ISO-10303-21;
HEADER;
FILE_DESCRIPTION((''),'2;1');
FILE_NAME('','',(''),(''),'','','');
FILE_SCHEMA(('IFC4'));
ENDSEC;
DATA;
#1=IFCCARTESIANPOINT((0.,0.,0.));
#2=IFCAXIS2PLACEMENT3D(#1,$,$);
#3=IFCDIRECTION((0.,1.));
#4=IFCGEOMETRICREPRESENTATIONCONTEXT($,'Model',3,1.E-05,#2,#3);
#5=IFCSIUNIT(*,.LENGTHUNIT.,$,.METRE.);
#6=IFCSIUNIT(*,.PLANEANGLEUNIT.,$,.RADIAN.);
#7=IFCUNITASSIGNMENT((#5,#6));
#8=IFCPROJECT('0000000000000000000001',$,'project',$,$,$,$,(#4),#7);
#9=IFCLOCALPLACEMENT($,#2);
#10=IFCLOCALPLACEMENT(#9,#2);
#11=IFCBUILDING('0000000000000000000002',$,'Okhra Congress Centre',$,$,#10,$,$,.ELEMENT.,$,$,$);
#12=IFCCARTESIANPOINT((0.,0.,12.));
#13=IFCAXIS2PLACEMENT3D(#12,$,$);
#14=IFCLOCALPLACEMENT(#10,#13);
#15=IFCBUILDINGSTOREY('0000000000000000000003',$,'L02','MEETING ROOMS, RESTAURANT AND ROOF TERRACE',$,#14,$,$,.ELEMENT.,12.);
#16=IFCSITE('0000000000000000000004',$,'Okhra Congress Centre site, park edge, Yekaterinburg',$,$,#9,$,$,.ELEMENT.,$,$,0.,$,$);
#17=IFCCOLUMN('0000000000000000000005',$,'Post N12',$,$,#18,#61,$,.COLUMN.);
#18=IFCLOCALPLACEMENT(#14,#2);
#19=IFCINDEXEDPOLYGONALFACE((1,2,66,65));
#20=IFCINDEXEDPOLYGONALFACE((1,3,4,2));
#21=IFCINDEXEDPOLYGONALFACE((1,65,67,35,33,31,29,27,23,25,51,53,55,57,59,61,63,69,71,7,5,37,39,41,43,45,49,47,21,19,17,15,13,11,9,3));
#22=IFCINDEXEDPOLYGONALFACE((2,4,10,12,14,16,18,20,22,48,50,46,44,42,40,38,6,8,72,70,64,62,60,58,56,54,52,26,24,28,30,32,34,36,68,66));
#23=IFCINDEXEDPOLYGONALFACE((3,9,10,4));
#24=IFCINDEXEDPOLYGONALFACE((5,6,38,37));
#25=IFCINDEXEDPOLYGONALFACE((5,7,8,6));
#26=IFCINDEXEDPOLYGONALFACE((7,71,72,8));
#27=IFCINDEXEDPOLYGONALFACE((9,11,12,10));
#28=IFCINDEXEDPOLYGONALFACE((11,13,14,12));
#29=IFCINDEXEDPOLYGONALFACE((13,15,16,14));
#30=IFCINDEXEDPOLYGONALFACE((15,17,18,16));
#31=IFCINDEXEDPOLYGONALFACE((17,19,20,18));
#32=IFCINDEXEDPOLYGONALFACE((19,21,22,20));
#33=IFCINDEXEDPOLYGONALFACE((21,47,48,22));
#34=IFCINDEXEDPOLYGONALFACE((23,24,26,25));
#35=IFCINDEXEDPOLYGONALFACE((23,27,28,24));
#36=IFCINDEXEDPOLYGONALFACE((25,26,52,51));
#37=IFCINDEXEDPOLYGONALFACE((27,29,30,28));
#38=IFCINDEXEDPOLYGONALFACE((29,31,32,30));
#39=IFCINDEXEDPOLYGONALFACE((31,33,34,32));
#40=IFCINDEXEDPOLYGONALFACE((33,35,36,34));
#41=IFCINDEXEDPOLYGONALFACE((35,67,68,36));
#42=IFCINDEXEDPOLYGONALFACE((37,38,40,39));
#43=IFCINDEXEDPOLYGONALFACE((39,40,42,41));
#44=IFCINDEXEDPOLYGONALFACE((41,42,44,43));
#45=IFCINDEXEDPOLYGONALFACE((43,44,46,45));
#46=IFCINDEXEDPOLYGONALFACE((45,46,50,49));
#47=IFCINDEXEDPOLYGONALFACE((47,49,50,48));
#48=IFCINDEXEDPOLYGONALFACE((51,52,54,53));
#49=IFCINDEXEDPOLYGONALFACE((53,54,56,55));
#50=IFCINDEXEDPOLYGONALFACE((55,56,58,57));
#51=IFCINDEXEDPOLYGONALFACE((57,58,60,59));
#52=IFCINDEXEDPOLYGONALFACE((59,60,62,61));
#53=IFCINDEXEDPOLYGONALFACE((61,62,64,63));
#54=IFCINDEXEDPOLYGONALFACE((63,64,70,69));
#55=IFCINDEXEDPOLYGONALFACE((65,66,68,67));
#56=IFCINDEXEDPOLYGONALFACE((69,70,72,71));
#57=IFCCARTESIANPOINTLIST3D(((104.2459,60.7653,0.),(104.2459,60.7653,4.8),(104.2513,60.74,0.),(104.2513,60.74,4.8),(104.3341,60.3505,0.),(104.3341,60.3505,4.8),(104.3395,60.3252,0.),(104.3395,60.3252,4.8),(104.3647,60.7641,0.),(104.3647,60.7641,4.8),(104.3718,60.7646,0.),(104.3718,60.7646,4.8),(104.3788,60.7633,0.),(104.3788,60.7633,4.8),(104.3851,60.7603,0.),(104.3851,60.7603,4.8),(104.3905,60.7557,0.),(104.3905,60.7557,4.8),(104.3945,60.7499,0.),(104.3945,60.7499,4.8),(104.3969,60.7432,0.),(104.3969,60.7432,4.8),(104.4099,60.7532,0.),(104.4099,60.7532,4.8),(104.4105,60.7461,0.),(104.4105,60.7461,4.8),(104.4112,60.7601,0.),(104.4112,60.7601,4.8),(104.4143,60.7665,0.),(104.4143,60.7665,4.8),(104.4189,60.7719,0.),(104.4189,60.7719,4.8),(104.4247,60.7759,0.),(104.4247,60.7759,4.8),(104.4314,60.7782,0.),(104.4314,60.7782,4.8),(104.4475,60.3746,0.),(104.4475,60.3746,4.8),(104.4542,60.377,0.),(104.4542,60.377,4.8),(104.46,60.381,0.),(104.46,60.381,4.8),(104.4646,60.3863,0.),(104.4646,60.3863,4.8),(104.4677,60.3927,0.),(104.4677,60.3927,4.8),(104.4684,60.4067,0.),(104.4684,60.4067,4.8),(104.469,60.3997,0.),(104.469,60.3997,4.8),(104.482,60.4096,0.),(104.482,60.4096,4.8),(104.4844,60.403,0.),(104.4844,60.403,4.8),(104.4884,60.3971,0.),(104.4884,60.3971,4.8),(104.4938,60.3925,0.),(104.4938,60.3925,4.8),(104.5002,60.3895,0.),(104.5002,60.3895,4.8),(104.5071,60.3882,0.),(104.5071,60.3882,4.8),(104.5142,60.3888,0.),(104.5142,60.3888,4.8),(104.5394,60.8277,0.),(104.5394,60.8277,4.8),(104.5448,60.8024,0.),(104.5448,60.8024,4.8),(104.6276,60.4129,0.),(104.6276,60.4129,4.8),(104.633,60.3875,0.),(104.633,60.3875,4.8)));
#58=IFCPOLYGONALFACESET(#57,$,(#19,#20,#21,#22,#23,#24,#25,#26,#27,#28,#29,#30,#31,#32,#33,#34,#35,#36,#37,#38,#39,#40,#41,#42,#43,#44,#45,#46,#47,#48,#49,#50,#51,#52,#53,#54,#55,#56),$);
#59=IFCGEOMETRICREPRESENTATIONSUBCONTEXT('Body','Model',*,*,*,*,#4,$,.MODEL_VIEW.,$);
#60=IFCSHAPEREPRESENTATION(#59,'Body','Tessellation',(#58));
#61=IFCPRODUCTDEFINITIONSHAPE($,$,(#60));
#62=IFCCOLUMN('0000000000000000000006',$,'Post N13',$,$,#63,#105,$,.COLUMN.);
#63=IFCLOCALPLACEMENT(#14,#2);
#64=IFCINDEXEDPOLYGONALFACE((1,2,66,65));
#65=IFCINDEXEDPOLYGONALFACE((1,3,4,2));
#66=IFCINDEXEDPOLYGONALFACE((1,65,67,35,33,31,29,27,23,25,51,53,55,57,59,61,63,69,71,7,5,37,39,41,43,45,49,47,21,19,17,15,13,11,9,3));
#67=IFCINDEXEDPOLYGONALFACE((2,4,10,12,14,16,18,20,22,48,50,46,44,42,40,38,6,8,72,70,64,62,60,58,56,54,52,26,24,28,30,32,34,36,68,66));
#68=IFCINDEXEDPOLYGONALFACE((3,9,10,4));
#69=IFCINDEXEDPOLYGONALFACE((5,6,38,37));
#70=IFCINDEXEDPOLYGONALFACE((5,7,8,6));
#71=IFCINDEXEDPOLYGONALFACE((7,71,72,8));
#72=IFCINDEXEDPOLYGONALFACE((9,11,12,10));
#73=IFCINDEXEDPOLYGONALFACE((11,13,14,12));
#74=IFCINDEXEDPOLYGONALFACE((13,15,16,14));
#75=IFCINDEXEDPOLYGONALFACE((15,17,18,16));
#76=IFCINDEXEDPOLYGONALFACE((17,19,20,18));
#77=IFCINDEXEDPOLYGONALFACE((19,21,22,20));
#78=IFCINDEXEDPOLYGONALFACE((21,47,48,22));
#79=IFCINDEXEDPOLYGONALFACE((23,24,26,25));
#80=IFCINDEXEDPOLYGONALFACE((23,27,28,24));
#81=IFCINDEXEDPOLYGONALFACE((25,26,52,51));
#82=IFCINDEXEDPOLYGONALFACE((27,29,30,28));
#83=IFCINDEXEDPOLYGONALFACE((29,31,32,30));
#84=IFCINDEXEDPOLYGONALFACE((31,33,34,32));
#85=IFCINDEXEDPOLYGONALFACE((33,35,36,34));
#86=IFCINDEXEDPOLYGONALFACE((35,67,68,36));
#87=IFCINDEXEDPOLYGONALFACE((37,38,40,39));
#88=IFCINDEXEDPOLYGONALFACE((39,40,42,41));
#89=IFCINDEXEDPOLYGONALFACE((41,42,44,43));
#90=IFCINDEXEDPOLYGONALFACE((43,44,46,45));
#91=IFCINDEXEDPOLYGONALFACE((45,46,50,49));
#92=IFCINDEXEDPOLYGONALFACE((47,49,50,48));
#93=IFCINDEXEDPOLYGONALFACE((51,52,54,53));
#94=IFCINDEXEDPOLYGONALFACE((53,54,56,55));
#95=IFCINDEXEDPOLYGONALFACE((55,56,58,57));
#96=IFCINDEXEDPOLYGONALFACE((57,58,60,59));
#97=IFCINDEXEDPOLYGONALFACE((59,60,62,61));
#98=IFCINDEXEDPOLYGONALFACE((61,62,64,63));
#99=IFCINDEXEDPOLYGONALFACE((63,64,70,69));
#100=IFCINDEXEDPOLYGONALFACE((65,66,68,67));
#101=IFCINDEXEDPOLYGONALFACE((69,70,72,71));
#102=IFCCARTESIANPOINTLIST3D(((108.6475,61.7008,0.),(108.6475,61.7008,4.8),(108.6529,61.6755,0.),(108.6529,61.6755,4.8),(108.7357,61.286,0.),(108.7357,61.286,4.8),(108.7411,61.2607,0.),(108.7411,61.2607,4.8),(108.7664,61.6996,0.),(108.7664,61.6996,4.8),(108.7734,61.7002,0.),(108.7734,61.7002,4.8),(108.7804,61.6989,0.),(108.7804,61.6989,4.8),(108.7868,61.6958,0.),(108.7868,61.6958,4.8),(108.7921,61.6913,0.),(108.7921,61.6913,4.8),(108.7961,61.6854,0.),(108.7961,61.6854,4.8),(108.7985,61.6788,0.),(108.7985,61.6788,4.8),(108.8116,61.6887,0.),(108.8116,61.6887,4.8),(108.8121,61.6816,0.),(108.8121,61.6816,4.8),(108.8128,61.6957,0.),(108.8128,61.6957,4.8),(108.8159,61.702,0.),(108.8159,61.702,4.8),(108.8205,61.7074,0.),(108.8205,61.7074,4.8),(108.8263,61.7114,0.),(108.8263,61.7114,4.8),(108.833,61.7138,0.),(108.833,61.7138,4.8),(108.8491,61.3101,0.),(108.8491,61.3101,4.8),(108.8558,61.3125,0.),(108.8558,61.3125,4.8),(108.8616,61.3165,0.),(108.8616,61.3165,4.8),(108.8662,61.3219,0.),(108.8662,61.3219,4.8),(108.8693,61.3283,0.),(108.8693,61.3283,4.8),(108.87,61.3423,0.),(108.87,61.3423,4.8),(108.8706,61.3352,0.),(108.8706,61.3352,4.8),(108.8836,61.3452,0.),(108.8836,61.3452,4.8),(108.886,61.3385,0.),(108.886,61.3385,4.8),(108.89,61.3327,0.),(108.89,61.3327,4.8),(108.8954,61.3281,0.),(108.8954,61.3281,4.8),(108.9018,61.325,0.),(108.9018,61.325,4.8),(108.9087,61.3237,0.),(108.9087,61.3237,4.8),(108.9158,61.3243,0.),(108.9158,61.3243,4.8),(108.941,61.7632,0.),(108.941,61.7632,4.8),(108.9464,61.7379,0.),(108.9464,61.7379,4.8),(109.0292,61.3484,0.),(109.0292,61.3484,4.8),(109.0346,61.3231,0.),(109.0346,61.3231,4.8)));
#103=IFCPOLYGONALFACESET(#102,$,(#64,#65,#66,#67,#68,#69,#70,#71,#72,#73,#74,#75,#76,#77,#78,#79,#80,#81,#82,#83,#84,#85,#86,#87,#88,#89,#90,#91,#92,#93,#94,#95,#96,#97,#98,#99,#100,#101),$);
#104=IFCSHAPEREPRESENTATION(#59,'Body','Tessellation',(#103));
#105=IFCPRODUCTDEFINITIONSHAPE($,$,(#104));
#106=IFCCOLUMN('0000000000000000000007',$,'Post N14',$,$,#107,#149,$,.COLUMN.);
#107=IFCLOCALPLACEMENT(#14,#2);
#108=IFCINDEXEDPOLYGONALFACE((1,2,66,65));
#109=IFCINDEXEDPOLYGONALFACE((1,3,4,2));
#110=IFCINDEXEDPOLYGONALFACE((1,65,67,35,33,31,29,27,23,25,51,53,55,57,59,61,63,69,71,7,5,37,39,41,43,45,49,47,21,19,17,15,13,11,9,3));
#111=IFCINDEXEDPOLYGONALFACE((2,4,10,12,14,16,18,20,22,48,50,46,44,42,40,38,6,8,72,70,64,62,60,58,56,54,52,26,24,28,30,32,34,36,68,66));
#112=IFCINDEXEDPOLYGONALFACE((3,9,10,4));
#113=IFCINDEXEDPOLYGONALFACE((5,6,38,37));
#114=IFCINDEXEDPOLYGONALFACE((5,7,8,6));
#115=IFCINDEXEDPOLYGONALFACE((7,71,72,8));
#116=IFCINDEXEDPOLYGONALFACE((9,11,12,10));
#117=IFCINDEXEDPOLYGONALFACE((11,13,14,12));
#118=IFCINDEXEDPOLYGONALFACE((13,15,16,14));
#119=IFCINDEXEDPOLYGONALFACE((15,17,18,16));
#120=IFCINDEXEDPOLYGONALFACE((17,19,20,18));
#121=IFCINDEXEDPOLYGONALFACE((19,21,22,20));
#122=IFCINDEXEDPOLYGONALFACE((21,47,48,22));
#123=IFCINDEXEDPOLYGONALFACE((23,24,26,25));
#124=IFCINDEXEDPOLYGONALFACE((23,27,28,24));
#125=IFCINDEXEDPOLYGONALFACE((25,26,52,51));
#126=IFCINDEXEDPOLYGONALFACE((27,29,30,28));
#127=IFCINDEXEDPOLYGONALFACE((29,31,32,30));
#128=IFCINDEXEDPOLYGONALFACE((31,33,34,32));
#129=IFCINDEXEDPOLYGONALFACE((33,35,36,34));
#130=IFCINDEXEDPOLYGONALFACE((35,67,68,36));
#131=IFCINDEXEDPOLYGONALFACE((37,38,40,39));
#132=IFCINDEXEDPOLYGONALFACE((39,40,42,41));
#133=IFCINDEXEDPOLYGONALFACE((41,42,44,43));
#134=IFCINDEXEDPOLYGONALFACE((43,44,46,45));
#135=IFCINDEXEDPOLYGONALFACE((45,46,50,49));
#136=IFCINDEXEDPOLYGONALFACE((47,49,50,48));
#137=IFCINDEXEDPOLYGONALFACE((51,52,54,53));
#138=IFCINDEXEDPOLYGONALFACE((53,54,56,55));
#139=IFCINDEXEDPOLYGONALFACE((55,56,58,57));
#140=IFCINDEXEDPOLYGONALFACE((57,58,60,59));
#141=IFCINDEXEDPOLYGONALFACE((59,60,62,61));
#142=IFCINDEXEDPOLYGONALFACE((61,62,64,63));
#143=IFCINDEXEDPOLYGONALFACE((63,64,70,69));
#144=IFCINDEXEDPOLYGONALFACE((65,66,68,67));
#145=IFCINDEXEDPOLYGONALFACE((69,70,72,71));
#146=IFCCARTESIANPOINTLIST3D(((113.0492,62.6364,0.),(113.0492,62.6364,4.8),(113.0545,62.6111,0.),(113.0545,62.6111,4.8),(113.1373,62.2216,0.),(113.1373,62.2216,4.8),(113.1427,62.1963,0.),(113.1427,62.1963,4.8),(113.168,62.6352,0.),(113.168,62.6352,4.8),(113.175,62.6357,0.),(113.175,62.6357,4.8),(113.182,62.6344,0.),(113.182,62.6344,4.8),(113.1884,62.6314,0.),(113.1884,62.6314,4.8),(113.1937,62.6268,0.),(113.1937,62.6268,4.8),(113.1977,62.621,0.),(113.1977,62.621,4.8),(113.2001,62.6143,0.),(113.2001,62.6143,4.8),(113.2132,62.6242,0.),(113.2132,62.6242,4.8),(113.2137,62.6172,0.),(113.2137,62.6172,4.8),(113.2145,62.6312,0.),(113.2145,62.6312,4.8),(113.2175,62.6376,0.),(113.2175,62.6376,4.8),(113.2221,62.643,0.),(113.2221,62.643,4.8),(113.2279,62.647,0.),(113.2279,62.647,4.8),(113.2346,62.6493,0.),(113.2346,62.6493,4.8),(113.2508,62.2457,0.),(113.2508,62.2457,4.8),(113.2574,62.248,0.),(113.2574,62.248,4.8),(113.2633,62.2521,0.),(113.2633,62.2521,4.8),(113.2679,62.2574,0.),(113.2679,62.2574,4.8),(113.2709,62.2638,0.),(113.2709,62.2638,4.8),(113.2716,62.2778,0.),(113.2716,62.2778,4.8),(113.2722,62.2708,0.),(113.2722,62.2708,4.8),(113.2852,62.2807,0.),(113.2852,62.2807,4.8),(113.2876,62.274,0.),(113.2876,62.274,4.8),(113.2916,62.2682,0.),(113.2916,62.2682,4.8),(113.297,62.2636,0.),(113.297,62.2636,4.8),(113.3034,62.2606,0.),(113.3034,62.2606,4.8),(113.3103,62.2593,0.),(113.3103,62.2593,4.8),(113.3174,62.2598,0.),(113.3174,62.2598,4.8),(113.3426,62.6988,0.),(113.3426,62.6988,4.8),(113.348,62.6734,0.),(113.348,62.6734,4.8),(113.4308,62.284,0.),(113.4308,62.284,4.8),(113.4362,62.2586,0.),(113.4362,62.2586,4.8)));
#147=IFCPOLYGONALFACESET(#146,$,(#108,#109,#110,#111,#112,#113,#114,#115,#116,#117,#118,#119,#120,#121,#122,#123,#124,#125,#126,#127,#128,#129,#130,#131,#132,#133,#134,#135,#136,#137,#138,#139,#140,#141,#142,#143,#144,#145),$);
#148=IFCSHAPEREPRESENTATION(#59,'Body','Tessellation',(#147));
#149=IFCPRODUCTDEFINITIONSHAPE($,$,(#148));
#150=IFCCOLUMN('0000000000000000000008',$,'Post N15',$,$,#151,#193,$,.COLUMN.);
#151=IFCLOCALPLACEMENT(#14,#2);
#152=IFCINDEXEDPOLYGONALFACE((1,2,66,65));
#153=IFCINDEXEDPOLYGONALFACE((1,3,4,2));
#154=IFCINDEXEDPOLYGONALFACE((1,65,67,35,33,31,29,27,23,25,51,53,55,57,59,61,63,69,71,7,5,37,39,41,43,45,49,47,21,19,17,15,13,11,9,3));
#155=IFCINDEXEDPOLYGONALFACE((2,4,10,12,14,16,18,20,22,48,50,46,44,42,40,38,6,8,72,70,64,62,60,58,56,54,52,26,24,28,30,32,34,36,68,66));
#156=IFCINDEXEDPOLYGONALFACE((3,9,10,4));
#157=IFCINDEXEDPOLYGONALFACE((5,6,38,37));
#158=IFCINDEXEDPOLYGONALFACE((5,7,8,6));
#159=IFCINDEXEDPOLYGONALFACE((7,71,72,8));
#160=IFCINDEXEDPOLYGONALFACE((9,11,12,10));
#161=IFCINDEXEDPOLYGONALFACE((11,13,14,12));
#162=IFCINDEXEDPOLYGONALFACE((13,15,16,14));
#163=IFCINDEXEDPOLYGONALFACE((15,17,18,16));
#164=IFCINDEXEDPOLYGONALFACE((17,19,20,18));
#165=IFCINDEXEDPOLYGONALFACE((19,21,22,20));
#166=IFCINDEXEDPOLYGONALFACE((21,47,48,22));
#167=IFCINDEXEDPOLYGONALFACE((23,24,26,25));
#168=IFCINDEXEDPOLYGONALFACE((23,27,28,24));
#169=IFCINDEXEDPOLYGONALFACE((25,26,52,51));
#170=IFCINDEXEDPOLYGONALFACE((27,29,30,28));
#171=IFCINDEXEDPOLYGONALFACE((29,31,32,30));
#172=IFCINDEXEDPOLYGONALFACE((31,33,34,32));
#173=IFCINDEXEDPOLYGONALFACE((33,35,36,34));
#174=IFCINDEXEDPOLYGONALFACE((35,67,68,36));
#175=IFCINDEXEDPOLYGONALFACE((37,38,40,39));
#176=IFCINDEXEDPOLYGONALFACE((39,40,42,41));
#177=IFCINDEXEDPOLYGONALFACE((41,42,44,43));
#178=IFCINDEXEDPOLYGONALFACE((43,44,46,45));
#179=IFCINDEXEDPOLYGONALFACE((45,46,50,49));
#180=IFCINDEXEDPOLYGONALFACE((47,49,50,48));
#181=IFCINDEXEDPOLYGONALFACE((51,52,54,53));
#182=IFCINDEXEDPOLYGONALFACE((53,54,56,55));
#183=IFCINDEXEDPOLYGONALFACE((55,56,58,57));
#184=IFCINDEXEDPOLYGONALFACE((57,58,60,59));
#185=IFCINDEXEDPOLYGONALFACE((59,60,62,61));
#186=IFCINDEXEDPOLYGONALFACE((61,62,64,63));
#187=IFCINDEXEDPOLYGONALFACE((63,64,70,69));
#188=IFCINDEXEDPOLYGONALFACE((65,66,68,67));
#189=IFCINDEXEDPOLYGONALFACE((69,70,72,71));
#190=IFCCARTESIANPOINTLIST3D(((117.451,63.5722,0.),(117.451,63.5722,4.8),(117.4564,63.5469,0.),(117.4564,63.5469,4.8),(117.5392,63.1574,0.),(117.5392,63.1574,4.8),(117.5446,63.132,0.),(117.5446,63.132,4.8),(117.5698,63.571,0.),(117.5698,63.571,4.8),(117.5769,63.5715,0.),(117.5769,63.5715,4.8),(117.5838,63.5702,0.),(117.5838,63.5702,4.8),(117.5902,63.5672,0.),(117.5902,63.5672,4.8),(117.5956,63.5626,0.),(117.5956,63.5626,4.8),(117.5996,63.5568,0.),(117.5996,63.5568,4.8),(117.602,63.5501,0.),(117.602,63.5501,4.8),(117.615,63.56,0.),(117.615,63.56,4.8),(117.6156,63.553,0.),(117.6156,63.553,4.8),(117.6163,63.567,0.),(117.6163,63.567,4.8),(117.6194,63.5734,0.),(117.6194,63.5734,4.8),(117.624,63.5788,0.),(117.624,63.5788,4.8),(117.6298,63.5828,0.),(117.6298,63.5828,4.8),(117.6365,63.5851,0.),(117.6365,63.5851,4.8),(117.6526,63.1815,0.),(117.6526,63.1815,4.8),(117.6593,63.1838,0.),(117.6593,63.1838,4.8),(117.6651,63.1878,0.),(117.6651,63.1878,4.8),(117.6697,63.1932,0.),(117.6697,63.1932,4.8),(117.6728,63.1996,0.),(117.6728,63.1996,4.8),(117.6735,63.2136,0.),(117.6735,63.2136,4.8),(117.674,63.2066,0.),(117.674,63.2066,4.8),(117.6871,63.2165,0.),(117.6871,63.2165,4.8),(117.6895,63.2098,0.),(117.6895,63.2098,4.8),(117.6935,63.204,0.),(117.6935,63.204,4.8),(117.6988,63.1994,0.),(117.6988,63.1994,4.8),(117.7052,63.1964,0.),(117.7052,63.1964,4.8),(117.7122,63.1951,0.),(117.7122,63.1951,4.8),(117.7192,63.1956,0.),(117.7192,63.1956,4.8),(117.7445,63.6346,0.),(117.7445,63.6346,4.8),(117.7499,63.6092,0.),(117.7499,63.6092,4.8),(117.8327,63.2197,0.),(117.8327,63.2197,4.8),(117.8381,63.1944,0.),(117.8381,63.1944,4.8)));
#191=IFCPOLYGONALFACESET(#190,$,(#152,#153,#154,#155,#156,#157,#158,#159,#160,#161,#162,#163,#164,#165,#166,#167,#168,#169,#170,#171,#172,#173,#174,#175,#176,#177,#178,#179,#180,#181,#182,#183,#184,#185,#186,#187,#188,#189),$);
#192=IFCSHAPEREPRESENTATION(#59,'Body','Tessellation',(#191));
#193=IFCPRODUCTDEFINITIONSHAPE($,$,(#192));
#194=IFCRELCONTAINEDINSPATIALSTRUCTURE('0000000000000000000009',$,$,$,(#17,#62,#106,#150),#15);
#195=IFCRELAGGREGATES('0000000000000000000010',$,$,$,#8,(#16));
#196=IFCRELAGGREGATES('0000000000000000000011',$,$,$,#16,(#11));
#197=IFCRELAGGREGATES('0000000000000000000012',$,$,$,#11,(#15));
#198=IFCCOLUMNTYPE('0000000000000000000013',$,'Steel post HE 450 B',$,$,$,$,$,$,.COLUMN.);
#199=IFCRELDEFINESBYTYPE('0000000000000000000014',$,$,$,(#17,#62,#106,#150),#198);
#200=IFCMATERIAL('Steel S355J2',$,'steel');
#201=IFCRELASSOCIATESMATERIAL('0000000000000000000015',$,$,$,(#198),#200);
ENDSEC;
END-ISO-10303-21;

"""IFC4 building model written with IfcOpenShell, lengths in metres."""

from ifc_helpers import new_model, si_unit, direction, frame, origin, origin_2d, place, context, subcontext, project, spatial, i_section, extrude, material, material_profile, profile_set, type_object, element, save


model = new_model("IFC4")

# Units and contexts
model_context = context("Model", 3, precision=1e-05, world=origin(), true_north=direction((0.0, 1.0)))
body_context = subcontext(model_context, "Body", "Model", "MODEL_VIEW")
ifc_project = project(units=[si_unit("LENGTHUNIT", "METRE"), si_unit("PLANEANGLEUNIT", "RADIAN")], contexts=[model_context])

# Site, building, storey
site_placement = place(None, origin())
site = spatial("IfcSite", under=ifc_project, at=site_placement, Name="Okhra Congress Centre site, park edge, Yekaterinburg", CompositionType="ELEMENT", RefElevation=0.0)
building_placement = place(site_placement, origin())
building = spatial("IfcBuilding", under=site, at=building_placement, Name="Okhra Congress Centre", CompositionType="ELEMENT")
storey_placement = place(building_placement, frame((0.0, 0.0, 12.0)))
storey = spatial("IfcBuildingStorey", under=building, at=storey_placement, Name="L02", Description="MEETING ROOMS, RESTAURANT AND ROOF TERRACE", CompositionType="ELEMENT", Elevation=12.0)

# Columns
ifc_material_1 = material(Name="Steel S355J2", Category="steel")
ifc_material_profile_1 = material_profile(ifc_material_1, i_section(OverallWidth=0.3, OverallDepth=0.45, WebThickness=0.0139, FlangeThickness=0.0259, FilletRadius=0.0271, at=origin_2d()), Name="HE 450 B")
ifc_profile_set_1 = profile_set([ifc_material_profile_1], Name="Steel S355J2")
column_type = type_object("IfcColumnType", Name="Steel post HE 450 B", PredefinedType="COLUMN", material=ifc_profile_set_1)
for number, where, z_axis, x_axis, name in (
    (1, (104.4395, 60.5764, 0.0), (0.0, 0.0, 1.0), (0.978148, 0.207912, 0.0), "Post N12"),
    (2, (108.8411, 61.512, 0.0), (0.0, 0.0, 1.0), (0.978148, 0.207912, 0.0), "Post N13"),
    (3, (113.2427, 62.4475, 0.0), (0.0, 0.0, 1.0), (0.978148, 0.207912, 0.0), "Post N14"),
    (4, (117.6445, 63.3833, 0.0), (0.0, 0.0, 1.0), (0.978148, 0.207912, 0.0), "Post N15"),
):
    element("IfcColumn", number, at=place(storey_placement, frame(where, z_axis=z_axis, x_axis=x_axis)), inside=storey, type_object=column_type, Name=name, PredefinedType="COLUMN", context=body_context, shape_type="SweptSolid", body=[
        extrude(i_section(OverallWidth=0.3, OverallDepth=0.45, WebThickness=0.0139, FlangeThickness=0.0259, FilletRadius=0.0271, at=origin_2d()), origin(), (0.0, 0.0, 1.0), 4.8),
    ])

save(model, "model.ifc")
